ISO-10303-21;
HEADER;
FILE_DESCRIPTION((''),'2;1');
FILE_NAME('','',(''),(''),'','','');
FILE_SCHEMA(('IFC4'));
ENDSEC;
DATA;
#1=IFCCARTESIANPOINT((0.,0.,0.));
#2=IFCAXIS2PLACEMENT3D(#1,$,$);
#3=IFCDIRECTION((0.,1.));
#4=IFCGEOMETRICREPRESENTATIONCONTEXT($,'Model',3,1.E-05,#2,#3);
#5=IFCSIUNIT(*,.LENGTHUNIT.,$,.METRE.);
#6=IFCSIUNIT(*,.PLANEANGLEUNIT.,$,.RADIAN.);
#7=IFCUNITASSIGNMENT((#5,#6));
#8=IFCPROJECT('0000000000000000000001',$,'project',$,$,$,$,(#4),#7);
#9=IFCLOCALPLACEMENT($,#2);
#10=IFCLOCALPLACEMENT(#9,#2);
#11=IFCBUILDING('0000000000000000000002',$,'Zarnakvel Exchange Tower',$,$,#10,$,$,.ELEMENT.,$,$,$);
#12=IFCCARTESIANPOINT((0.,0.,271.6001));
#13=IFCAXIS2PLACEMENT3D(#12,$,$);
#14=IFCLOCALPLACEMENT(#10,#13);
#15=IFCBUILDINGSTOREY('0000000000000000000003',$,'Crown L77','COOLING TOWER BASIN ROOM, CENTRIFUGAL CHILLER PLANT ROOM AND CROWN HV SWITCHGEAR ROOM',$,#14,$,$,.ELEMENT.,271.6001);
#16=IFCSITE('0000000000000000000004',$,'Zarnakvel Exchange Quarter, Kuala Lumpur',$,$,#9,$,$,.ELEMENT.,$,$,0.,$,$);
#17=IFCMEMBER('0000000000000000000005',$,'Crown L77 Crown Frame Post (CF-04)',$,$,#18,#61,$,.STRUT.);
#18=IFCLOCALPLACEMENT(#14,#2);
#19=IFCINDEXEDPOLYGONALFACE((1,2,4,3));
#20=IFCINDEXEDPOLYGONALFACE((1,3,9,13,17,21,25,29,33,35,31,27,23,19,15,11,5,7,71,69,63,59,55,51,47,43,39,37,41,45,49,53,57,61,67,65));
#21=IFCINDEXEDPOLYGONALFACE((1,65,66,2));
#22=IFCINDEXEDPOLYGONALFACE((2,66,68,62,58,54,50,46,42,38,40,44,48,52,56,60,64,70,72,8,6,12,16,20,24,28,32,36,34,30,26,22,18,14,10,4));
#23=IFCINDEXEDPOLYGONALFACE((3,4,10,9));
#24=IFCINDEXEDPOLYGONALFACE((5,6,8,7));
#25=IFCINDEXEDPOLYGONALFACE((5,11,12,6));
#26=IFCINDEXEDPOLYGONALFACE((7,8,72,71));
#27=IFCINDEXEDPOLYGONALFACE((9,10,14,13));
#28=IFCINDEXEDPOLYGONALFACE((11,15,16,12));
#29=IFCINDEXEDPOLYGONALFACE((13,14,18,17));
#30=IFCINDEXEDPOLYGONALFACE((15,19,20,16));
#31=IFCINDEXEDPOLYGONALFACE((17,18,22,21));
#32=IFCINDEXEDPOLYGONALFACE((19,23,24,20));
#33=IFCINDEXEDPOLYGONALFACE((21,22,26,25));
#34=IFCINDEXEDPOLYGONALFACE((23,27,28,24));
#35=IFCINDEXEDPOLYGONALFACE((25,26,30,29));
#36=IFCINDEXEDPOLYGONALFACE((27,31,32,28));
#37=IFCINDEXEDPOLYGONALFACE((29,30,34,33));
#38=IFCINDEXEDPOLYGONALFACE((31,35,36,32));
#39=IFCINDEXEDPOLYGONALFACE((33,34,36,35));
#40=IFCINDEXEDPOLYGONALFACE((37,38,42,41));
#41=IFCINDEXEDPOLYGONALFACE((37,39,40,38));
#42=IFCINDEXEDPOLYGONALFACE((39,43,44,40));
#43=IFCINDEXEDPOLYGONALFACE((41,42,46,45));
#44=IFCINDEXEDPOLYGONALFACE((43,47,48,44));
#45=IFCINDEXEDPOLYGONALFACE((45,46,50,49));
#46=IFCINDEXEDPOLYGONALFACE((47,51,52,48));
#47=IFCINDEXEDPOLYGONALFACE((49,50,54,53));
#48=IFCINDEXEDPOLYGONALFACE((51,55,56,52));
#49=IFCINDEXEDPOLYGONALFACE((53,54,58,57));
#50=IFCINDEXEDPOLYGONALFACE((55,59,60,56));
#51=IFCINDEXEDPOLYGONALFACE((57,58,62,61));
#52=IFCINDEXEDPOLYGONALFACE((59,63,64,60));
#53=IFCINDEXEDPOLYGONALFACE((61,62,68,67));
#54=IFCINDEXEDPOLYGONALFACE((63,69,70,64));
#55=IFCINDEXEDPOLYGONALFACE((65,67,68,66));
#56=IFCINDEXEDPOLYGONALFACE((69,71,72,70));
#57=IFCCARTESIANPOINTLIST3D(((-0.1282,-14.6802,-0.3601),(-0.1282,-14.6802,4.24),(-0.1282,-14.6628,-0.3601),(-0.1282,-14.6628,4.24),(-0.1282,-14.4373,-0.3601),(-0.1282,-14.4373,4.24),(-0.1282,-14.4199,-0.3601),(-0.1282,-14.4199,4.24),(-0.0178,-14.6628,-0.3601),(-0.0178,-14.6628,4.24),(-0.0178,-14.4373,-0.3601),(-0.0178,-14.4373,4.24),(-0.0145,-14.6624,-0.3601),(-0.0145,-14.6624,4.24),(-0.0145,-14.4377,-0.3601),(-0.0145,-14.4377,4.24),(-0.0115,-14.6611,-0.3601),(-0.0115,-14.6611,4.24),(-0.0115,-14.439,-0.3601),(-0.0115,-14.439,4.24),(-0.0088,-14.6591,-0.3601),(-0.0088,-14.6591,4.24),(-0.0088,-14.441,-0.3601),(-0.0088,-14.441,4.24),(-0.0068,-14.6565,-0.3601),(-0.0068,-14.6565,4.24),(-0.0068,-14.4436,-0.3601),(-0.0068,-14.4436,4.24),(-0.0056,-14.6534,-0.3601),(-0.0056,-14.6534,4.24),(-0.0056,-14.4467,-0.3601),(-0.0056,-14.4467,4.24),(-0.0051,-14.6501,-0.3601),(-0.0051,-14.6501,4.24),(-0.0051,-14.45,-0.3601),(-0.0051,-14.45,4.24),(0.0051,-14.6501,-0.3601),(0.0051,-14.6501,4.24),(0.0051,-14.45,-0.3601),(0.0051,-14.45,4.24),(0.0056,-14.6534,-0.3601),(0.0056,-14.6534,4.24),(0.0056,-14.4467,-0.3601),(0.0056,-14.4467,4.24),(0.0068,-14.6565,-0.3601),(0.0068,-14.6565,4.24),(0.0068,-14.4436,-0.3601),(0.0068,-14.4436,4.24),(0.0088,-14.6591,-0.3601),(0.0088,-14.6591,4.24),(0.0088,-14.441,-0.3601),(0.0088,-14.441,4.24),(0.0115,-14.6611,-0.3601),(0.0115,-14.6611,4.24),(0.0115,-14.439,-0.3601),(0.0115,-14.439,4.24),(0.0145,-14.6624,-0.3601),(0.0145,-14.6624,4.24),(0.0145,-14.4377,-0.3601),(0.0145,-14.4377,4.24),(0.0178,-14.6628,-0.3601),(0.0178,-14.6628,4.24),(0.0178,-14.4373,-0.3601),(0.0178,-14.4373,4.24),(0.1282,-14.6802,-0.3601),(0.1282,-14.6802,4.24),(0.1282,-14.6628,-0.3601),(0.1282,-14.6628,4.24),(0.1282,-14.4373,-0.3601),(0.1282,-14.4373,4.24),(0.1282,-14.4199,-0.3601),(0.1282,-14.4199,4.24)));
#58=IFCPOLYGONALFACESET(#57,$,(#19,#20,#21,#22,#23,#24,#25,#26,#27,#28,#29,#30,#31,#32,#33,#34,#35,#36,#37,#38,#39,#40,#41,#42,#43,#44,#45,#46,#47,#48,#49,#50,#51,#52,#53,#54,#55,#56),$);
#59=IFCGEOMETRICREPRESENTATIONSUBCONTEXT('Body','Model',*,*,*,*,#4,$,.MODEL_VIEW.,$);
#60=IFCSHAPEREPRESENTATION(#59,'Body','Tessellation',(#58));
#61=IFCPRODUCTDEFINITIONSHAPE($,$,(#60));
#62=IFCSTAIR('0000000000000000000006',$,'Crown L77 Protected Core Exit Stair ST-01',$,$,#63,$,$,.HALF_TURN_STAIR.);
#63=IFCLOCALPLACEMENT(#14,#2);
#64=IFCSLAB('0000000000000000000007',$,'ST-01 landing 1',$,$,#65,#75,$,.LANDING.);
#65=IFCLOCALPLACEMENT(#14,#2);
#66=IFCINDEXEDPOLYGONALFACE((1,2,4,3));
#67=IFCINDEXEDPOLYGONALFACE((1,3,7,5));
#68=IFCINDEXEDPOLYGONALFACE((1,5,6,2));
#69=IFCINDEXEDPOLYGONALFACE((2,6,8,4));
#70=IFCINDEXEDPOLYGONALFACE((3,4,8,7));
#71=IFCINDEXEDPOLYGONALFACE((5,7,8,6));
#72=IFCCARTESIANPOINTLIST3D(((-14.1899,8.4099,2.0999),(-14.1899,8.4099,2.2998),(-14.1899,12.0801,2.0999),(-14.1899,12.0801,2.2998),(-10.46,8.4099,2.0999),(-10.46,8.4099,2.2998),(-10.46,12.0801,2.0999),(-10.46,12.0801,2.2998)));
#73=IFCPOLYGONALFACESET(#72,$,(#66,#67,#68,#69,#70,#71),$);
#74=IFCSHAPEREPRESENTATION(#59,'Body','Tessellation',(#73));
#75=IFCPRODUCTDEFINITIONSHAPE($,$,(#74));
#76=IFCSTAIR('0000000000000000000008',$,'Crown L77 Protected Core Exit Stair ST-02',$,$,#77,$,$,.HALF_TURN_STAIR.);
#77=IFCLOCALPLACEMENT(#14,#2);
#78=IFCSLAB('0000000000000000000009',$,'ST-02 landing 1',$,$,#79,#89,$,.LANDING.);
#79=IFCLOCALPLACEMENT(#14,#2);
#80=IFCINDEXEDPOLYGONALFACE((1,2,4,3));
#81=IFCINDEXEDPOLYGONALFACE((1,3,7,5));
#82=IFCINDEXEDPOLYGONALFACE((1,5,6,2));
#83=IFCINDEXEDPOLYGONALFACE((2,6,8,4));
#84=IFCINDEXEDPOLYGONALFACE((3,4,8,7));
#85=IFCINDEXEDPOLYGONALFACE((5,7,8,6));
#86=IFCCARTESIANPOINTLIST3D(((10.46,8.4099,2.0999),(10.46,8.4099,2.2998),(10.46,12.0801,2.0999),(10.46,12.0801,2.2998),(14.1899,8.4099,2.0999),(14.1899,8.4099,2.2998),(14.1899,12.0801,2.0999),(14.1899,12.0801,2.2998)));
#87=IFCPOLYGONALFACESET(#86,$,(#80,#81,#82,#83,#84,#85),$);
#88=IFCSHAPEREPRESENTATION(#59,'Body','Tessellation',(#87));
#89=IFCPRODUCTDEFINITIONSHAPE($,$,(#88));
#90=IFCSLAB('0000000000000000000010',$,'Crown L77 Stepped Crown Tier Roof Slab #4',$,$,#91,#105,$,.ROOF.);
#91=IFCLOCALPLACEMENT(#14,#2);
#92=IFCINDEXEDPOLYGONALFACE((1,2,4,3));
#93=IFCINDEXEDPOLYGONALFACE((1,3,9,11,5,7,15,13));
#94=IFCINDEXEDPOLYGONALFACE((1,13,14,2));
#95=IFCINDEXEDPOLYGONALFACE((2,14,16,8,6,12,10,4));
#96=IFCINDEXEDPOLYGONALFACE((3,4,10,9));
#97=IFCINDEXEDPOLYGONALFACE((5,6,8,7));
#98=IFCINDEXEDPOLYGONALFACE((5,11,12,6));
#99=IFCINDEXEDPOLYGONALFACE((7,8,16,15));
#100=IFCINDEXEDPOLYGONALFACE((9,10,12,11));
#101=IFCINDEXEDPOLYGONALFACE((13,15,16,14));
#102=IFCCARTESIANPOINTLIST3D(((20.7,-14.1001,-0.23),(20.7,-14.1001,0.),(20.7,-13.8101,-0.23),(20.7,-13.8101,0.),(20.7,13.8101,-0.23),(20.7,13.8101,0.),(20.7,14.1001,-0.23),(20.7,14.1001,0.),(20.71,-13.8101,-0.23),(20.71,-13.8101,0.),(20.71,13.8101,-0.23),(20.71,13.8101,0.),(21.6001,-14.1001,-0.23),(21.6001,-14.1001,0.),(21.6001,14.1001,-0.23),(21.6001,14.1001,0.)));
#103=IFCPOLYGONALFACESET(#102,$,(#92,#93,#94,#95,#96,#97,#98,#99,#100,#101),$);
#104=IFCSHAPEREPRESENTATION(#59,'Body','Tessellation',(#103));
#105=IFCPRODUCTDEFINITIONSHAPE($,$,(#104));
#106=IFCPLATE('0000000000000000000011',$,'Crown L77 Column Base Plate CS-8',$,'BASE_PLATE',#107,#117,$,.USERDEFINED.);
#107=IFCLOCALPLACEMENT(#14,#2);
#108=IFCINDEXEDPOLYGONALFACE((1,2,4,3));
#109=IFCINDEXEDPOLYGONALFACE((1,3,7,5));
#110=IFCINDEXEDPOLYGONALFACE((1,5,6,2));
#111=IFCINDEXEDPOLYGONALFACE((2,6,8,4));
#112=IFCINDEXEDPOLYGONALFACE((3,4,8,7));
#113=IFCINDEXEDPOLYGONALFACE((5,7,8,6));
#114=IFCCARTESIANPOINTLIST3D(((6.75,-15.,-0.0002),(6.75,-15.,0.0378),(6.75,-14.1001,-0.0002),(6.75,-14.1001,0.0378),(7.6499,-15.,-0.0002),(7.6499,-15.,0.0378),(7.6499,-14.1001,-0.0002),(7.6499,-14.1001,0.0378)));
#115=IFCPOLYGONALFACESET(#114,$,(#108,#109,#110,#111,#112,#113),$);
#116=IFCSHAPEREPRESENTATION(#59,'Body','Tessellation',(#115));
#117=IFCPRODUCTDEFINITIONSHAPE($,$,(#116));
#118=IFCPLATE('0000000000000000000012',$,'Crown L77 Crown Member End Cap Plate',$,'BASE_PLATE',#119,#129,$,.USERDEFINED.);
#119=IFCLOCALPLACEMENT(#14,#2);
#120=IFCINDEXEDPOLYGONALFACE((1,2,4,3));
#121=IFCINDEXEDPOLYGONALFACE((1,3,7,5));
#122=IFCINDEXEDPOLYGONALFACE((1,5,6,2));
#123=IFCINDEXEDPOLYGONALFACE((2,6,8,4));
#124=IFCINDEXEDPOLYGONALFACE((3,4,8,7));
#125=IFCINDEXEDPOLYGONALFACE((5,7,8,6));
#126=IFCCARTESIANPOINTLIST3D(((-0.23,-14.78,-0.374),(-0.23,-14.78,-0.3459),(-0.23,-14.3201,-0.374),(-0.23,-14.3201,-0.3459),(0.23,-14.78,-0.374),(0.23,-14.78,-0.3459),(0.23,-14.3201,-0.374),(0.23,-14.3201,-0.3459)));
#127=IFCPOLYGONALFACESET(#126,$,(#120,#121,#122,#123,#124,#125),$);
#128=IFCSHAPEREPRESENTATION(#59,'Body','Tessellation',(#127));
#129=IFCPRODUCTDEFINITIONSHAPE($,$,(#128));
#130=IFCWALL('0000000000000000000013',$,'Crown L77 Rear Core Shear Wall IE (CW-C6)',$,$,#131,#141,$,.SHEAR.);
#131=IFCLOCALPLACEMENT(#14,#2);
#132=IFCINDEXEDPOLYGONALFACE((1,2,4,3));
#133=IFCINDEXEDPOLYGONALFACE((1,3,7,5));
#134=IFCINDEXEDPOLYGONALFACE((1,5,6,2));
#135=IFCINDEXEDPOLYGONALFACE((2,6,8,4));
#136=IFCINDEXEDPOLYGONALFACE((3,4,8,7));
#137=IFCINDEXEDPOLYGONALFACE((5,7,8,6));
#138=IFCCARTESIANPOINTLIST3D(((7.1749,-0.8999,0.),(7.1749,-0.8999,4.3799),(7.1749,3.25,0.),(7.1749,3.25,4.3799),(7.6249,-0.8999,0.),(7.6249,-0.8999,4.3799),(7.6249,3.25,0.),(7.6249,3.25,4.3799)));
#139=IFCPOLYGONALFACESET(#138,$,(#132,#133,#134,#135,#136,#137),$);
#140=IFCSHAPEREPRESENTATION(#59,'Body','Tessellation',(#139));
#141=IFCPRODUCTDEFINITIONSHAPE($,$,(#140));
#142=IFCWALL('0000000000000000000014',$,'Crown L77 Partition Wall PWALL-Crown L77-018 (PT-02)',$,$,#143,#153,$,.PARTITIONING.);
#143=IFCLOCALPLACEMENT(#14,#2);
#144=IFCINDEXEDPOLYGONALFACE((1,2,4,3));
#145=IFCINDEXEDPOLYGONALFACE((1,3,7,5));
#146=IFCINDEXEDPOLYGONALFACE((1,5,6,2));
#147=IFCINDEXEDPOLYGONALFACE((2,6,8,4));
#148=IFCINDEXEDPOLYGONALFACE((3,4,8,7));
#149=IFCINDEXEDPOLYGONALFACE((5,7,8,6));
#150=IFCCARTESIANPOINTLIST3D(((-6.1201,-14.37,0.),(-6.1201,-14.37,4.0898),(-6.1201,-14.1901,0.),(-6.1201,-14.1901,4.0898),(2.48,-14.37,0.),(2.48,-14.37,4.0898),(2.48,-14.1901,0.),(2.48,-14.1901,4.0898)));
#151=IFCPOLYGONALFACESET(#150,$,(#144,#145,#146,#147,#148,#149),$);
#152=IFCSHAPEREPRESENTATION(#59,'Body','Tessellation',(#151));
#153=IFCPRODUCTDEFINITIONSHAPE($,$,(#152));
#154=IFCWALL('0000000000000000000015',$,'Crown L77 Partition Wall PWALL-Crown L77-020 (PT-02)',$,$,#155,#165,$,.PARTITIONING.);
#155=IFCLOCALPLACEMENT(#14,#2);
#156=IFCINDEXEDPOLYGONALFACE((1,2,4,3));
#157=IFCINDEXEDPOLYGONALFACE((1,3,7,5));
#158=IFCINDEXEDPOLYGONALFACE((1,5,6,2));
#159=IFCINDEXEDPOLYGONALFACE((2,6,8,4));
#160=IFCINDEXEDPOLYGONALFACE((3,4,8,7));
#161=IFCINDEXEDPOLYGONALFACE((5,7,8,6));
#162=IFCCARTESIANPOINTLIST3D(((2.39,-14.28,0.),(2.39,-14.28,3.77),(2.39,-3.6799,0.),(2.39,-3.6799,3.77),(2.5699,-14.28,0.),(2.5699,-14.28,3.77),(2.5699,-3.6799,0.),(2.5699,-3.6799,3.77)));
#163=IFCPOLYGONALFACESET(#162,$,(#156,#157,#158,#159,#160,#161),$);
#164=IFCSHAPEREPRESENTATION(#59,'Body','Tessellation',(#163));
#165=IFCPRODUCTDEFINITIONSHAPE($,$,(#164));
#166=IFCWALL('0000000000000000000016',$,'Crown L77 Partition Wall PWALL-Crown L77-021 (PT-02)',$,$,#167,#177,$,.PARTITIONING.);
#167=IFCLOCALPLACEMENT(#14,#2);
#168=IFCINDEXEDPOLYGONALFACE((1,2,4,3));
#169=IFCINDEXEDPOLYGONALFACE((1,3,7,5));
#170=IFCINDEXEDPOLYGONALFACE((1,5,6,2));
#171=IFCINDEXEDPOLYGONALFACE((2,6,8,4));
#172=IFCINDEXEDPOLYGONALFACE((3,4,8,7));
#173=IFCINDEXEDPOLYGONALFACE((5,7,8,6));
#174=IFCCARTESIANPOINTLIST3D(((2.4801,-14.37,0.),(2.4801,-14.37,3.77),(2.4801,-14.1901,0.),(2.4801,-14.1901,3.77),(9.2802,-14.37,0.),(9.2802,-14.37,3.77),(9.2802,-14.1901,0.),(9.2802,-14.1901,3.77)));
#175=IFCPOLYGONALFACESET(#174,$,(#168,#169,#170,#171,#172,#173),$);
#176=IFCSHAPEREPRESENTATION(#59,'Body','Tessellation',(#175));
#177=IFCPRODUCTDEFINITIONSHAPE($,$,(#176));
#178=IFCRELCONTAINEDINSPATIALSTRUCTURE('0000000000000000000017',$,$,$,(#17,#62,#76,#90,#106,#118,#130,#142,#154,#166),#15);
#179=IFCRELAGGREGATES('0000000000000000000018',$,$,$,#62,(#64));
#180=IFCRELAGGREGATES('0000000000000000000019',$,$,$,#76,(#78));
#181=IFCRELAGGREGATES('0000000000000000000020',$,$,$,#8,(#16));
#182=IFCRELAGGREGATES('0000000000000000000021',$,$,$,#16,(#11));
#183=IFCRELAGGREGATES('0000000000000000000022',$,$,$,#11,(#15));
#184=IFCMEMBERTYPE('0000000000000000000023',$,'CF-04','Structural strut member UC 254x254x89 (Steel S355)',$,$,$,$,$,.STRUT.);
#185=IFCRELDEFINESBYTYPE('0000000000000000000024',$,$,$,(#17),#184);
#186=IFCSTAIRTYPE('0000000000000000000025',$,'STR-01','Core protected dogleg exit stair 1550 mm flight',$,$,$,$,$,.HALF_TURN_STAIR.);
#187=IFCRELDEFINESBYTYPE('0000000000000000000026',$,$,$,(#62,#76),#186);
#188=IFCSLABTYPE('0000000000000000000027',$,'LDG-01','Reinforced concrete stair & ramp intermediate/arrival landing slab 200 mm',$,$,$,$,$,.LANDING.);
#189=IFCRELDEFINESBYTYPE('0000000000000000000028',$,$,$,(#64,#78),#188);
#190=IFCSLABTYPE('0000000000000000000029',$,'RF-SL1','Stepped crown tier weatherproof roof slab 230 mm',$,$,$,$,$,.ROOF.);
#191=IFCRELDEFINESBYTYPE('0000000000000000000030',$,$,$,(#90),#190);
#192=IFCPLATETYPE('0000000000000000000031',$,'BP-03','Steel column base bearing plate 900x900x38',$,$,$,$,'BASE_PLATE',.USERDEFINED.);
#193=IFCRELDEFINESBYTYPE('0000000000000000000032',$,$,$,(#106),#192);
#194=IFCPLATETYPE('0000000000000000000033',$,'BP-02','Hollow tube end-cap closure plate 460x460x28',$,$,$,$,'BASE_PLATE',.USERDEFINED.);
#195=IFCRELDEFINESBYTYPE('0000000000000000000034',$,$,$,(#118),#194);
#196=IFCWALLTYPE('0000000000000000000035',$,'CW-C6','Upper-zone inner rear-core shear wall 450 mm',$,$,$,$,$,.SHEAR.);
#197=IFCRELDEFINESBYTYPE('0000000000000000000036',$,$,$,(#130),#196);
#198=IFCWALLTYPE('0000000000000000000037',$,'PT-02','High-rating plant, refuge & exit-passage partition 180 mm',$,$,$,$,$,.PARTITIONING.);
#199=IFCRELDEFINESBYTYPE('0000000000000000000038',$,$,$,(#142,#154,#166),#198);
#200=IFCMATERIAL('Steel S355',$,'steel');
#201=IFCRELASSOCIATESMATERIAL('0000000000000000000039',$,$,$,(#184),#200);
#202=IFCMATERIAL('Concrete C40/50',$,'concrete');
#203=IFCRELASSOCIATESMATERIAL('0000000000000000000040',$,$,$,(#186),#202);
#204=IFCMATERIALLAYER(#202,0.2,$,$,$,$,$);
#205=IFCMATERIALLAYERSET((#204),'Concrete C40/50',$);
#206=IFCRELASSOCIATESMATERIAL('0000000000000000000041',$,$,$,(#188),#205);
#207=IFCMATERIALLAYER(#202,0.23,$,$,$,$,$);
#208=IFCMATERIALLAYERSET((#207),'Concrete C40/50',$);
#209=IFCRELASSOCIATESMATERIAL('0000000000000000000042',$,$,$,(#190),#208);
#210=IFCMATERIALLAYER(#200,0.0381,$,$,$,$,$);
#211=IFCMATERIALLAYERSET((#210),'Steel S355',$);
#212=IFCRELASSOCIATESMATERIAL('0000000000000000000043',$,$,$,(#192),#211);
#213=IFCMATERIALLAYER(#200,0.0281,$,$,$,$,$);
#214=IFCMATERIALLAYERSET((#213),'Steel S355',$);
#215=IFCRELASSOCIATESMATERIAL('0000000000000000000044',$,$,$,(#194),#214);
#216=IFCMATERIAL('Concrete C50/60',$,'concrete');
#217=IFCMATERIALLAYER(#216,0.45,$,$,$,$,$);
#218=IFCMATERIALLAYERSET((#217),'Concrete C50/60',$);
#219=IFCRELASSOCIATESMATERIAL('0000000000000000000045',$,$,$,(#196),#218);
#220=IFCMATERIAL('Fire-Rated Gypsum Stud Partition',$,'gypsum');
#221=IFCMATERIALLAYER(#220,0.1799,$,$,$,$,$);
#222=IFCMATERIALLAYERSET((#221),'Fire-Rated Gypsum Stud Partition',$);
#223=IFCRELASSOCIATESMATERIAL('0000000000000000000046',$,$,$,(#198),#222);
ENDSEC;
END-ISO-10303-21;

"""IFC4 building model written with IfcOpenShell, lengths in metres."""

from ifc_helpers import new_model, si_unit, direction, frame, frame_2d, origin, origin_2d, place, context, subcontext, project, spatial, polyline, rectangle, i_section, outline, extrude, source, transform, mapped, material, layer, layer_set, material_profile, profile_set, type_object, element, aggregate, save


model = new_model("IFC4")

# Units and contexts
model_context = context("Model", 3, precision=1e-05, world=origin(), true_north=direction((0.0, 1.0)))
body_context = subcontext(model_context, "Body", "Model", "MODEL_VIEW")
ifc_project = project(units=[si_unit("LENGTHUNIT", "METRE"), si_unit("PLANEANGLEUNIT", "RADIAN")], contexts=[model_context])

# Site, building, storey
site_placement = place(None, origin())
site = spatial("IfcSite", under=ifc_project, at=site_placement, Name="Zarnakvel Exchange Quarter, Kuala Lumpur", CompositionType="ELEMENT", RefElevation=0.0)
building_placement = place(site_placement, origin())
building = spatial("IfcBuilding", under=site, at=building_placement, Name="Zarnakvel Exchange Tower", CompositionType="ELEMENT")
storey_placement = place(building_placement, frame((0.0, 0.0, 271.6001)))
storey = spatial("IfcBuildingStorey", under=building, at=storey_placement, Name="Crown L77", Description="COOLING TOWER BASIN ROOM, CENTRIFUGAL CHILLER PLANT ROOM AND CROWN HV SWITCHGEAR ROOM", CompositionType="ELEMENT", Elevation=271.6001)

# Shared definitions
ifc_material_1 = material(Name="Concrete C50/60", Category="concrete")
ifc_material_2 = material(Name="Steel S355", Category="steel")

# Member
ifc_material_profile_1 = material_profile(ifc_material_2, i_section(OverallWidth=0.2563, OverallDepth=0.2603, WebThickness=0.0103, FlangeThickness=0.0173, FilletRadius=0.0127, at=origin_2d()))
ifc_profile_set_1 = profile_set([ifc_material_profile_1], Name="Steel S355")
member_type_1 = type_object("IfcMemberType", Name="CF-04", Description="Structural strut member UC 254x254x89 (Steel S355)", PredefinedType="STRUT", material=ifc_profile_set_1)
shared_shape_1 = source(origin(), body_context, "Body", "SweptSolid", [
    extrude(i_section(OverallWidth=0.2563, OverallDepth=0.2603, WebThickness=0.0103, FlangeThickness=0.0173, FilletRadius=0.0127, at=origin_2d()), origin(), (0.0, 0.0, 1.0), 4.6001),
])
member_1_placement = place(storey_placement, frame((0.0, -14.55, -0.3601), z_axis=(0.0, 0.0, 1.0), x_axis=(1.0, 0.0, 0.0)))
element("IfcMember", 1, at=member_1_placement, inside=storey, type_object=member_type_1, Name="Crown L77 Crown Frame Post (CF-04)", PredefinedType="STRUT", context=body_context, shape_type="MappedRepresentation", body=[
    mapped(shared_shape_1, transform((0.0, 0.0, 0.0), x_axis=(1.0, 0.0, 0.0), y_axis=(0.0, 1.0, 0.0), z_axis=(0.0, 0.0, 1.0), scale=1.0)),
])

# Stairs, slabs
ifc_material_3 = material(Name="Concrete C40/50", Category="concrete")
stair_type = type_object("IfcStairType", Name="STR-01", Description="Core protected dogleg exit stair 1550 mm flight", PredefinedType="HALF_TURN_STAIR", material=ifc_material_3)
stair_1_placement = place(storey_placement, origin())
stair_1 = element("IfcStair", 2, at=stair_1_placement, inside=storey, type_object=stair_type, Name="Crown L77 Protected Core Exit Stair ST-01", PredefinedType="HALF_TURN_STAIR")
ifc_layer_1 = layer(ifc_material_3, 0.2)
ifc_layer_set_1 = layer_set([ifc_layer_1], Name="Concrete C40/50")
slab_type_1 = type_object("IfcSlabType", Name="LDG-01", Description="Reinforced concrete stair & ramp intermediate/arrival landing slab 200 mm", PredefinedType="LANDING", material=ifc_layer_set_1)
slab_1_placement = place(storey_placement, frame((0.0, 0.0, 2.0999)))
slab_1 = element("IfcSlab", 3, at=slab_1_placement, type_object=slab_type_1, Name="ST-01 landing 1", PredefinedType="LANDING", context=body_context, shape_type="SweptSolid", body=[
    extrude(outline(polyline([(-14.1899, 8.4099), (-10.46, 8.4099), (-10.46, 12.0801), (-14.1899, 12.0801), (-14.1899, 8.4099)])), origin(), (0.0, 0.0, 1.0), 0.2),
])
aggregate(stair_1, [slab_1])
stair_2_placement = place(storey_placement, origin())
stair_2 = element("IfcStair", 4, at=stair_2_placement, inside=storey, type_object=stair_type, Name="Crown L77 Protected Core Exit Stair ST-02", PredefinedType="HALF_TURN_STAIR")
slab_2_placement = place(storey_placement, frame((0.0, 0.0, 2.0999)))
slab_2 = element("IfcSlab", 5, at=slab_2_placement, type_object=slab_type_1, Name="ST-02 landing 1", PredefinedType="LANDING", context=body_context, shape_type="SweptSolid", body=[
    extrude(outline(polyline([(10.46, 8.4099), (14.1899, 8.4099), (14.1899, 12.0801), (10.46, 12.0801), (10.46, 8.4099)])), origin(), (0.0, 0.0, 1.0), 0.2),
])
aggregate(stair_2, [slab_2])

# Slab
ifc_layer_2 = layer(ifc_material_3, 0.23)
ifc_layer_set_2 = layer_set([ifc_layer_2], Name="Concrete C40/50")
slab_type_2 = type_object("IfcSlabType", Name="RF-SL1", Description="Stepped crown tier weatherproof roof slab 230 mm", PredefinedType="ROOF", material=ifc_layer_set_2)
slab_3_placement = place(storey_placement, frame((0.0, 0.0, -0.23)))
element("IfcSlab", 6, at=slab_3_placement, inside=storey, type_object=slab_type_2, Name="Crown L77 Stepped Crown Tier Roof Slab #4", PredefinedType="ROOF", context=body_context, shape_type="SweptSolid", body=[
    extrude(outline(polyline([(21.6001, 14.1001), (21.6001, -14.1001), (20.7, -14.1001), (20.7, -13.8101), (20.71, -13.8101), (20.71, 13.8101), (20.7, 13.8101), (20.7, 14.1001), (21.6001, 14.1001)])), origin(), (0.0, 0.0, 1.0), 0.23),
])

# Plates
ifc_layer_3 = layer(ifc_material_2, 0.0381)
ifc_layer_set_3 = layer_set([ifc_layer_3], Name="Steel S355")
plate_type_1 = type_object("IfcPlateType", Name="BP-03", Description="Steel column base bearing plate 900x900x38", ElementType="BASE_PLATE", PredefinedType="USERDEFINED", material=ifc_layer_set_3)
shared_shape_2 = source(origin(), body_context, "Body", "SweptSolid", [
    extrude(rectangle(XDim=0.8999, YDim=0.8999, at=origin_2d()), origin(), (0.0, 0.0, 1.0), 0.0381),
])
plate_1_placement = place(storey_placement, frame((7.2, -14.55, -0.0002), z_axis=(0.0, 0.0, 1.0), x_axis=(1.0, 0.0, 0.0)))
element("IfcPlate", 7, at=plate_1_placement, inside=storey, type_object=plate_type_1, Name="Crown L77 Column Base Plate CS-8", ObjectType="BASE_PLATE", PredefinedType="USERDEFINED", context=body_context, shape_type="MappedRepresentation", body=[
    mapped(shared_shape_2, transform((0.0, 0.0, 0.0), x_axis=(1.0, 0.0, 0.0), y_axis=(0.0, 1.0, 0.0), z_axis=(0.0, 0.0, 1.0), scale=1.0)),
])
ifc_layer_4 = layer(ifc_material_2, 0.0281)
ifc_layer_set_4 = layer_set([ifc_layer_4], Name="Steel S355")
plate_type_2 = type_object("IfcPlateType", Name="BP-02", Description="Hollow tube end-cap closure plate 460x460x28", ElementType="BASE_PLATE", PredefinedType="USERDEFINED", material=ifc_layer_set_4)
shared_shape_3 = source(origin(), body_context, "Body", "SweptSolid", [
    extrude(rectangle(XDim=0.46, YDim=0.46, at=origin_2d()), origin(), (0.0, 0.0, 1.0), 0.0281),
])
plate_2_placement = place(storey_placement, frame((0.0, -14.55, -0.374), z_axis=(0.0, 0.0, 1.0), x_axis=(1.0, 0.0, 0.0)))
element("IfcPlate", 8, at=plate_2_placement, inside=storey, type_object=plate_type_2, Name="Crown L77 Crown Member End Cap Plate", ObjectType="BASE_PLATE", PredefinedType="USERDEFINED", context=body_context, shape_type="MappedRepresentation", body=[
    mapped(shared_shape_3, transform((0.0, 0.0, 0.0), x_axis=(1.0, 0.0, 0.0), y_axis=(0.0, 1.0, 0.0), z_axis=(0.0, 0.0, 1.0), scale=1.0)),
])

# Walls
ifc_layer_5 = layer(ifc_material_1, 0.45)
ifc_layer_set_5 = layer_set([ifc_layer_5], Name="Concrete C50/60")
wall_type_1 = type_object("IfcWallType", Name="CW-C6", Description="Upper-zone inner rear-core shear wall 450 mm", PredefinedType="SHEAR", material=ifc_layer_set_5)
wall_1_placement = place(storey_placement, frame((7.3999, -0.8999, 0.0), z_axis=(0.0, 0.0, 1.0), x_axis=(0.0, 1.0, 0.0)))
element("IfcWall", 9, at=wall_1_placement, inside=storey, type_object=wall_type_1, Name="Crown L77 Rear Core Shear Wall IE (CW-C6)", PredefinedType="SHEAR", context=body_context, shape_type="SweptSolid", body=[
    extrude(rectangle(XDim=4.1499, YDim=0.45, at=frame_2d((2.075, 0.0))), origin(), (0.0, 0.0, 1.0), 4.3799),
])
ifc_material_4 = material(Name="Fire-Rated Gypsum Stud Partition", Category="gypsum")
ifc_layer_6 = layer(ifc_material_4, 0.1799)
ifc_layer_set_6 = layer_set([ifc_layer_6], Name="Fire-Rated Gypsum Stud Partition")
wall_type_2 = type_object("IfcWallType", Name="PT-02", Description="High-rating plant, refuge & exit-passage partition 180 mm", PredefinedType="PARTITIONING", material=ifc_layer_set_6)
wall_2_placement = place(storey_placement, frame((2.48, -14.28, 0.0), z_axis=(0.0, 0.0, 1.0), x_axis=(-1.0, 0.0, 0.0)))
element("IfcWall", 10, at=wall_2_placement, inside=storey, type_object=wall_type_2, Name="Crown L77 Partition Wall PWALL-Crown L77-018 (PT-02)", PredefinedType="PARTITIONING", context=body_context, shape_type="SweptSolid", body=[
    extrude(rectangle(XDim=8.6001, YDim=0.1799, at=frame_2d((4.3, 0.0))), origin(), (0.0, 0.0, 1.0), 4.0898),
])
wall_3_placement = place(storey_placement, frame((2.48, -3.6799, 0.0), z_axis=(0.0, 0.0, 1.0), x_axis=(0.0, -1.0, 0.0)))
element("IfcWall", 11, at=wall_3_placement, inside=storey, type_object=wall_type_2, Name="Crown L77 Partition Wall PWALL-Crown L77-020 (PT-02)", PredefinedType="PARTITIONING", context=body_context, shape_type="SweptSolid", body=[
    extrude(rectangle(XDim=10.6001, YDim=0.1799, at=frame_2d((5.3, 0.0))), origin(), (0.0, 0.0, 1.0), 3.77),
])
wall_4_placement = place(storey_placement, frame((9.28, -14.28, 0.0), z_axis=(0.0, 0.0, 1.0), x_axis=(-1.0, 0.0, 0.0)))
element("IfcWall", 12, at=wall_4_placement, inside=storey, type_object=wall_type_2, Name="Crown L77 Partition Wall PWALL-Crown L77-021 (PT-02)", PredefinedType="PARTITIONING", context=body_context, shape_type="SweptSolid", body=[
    extrude(rectangle(XDim=6.8, YDim=0.1799, at=frame_2d((3.3999, 0.0))), origin(), (0.0, 0.0, 1.0), 3.77),
])

save(model, "model.ifc")
